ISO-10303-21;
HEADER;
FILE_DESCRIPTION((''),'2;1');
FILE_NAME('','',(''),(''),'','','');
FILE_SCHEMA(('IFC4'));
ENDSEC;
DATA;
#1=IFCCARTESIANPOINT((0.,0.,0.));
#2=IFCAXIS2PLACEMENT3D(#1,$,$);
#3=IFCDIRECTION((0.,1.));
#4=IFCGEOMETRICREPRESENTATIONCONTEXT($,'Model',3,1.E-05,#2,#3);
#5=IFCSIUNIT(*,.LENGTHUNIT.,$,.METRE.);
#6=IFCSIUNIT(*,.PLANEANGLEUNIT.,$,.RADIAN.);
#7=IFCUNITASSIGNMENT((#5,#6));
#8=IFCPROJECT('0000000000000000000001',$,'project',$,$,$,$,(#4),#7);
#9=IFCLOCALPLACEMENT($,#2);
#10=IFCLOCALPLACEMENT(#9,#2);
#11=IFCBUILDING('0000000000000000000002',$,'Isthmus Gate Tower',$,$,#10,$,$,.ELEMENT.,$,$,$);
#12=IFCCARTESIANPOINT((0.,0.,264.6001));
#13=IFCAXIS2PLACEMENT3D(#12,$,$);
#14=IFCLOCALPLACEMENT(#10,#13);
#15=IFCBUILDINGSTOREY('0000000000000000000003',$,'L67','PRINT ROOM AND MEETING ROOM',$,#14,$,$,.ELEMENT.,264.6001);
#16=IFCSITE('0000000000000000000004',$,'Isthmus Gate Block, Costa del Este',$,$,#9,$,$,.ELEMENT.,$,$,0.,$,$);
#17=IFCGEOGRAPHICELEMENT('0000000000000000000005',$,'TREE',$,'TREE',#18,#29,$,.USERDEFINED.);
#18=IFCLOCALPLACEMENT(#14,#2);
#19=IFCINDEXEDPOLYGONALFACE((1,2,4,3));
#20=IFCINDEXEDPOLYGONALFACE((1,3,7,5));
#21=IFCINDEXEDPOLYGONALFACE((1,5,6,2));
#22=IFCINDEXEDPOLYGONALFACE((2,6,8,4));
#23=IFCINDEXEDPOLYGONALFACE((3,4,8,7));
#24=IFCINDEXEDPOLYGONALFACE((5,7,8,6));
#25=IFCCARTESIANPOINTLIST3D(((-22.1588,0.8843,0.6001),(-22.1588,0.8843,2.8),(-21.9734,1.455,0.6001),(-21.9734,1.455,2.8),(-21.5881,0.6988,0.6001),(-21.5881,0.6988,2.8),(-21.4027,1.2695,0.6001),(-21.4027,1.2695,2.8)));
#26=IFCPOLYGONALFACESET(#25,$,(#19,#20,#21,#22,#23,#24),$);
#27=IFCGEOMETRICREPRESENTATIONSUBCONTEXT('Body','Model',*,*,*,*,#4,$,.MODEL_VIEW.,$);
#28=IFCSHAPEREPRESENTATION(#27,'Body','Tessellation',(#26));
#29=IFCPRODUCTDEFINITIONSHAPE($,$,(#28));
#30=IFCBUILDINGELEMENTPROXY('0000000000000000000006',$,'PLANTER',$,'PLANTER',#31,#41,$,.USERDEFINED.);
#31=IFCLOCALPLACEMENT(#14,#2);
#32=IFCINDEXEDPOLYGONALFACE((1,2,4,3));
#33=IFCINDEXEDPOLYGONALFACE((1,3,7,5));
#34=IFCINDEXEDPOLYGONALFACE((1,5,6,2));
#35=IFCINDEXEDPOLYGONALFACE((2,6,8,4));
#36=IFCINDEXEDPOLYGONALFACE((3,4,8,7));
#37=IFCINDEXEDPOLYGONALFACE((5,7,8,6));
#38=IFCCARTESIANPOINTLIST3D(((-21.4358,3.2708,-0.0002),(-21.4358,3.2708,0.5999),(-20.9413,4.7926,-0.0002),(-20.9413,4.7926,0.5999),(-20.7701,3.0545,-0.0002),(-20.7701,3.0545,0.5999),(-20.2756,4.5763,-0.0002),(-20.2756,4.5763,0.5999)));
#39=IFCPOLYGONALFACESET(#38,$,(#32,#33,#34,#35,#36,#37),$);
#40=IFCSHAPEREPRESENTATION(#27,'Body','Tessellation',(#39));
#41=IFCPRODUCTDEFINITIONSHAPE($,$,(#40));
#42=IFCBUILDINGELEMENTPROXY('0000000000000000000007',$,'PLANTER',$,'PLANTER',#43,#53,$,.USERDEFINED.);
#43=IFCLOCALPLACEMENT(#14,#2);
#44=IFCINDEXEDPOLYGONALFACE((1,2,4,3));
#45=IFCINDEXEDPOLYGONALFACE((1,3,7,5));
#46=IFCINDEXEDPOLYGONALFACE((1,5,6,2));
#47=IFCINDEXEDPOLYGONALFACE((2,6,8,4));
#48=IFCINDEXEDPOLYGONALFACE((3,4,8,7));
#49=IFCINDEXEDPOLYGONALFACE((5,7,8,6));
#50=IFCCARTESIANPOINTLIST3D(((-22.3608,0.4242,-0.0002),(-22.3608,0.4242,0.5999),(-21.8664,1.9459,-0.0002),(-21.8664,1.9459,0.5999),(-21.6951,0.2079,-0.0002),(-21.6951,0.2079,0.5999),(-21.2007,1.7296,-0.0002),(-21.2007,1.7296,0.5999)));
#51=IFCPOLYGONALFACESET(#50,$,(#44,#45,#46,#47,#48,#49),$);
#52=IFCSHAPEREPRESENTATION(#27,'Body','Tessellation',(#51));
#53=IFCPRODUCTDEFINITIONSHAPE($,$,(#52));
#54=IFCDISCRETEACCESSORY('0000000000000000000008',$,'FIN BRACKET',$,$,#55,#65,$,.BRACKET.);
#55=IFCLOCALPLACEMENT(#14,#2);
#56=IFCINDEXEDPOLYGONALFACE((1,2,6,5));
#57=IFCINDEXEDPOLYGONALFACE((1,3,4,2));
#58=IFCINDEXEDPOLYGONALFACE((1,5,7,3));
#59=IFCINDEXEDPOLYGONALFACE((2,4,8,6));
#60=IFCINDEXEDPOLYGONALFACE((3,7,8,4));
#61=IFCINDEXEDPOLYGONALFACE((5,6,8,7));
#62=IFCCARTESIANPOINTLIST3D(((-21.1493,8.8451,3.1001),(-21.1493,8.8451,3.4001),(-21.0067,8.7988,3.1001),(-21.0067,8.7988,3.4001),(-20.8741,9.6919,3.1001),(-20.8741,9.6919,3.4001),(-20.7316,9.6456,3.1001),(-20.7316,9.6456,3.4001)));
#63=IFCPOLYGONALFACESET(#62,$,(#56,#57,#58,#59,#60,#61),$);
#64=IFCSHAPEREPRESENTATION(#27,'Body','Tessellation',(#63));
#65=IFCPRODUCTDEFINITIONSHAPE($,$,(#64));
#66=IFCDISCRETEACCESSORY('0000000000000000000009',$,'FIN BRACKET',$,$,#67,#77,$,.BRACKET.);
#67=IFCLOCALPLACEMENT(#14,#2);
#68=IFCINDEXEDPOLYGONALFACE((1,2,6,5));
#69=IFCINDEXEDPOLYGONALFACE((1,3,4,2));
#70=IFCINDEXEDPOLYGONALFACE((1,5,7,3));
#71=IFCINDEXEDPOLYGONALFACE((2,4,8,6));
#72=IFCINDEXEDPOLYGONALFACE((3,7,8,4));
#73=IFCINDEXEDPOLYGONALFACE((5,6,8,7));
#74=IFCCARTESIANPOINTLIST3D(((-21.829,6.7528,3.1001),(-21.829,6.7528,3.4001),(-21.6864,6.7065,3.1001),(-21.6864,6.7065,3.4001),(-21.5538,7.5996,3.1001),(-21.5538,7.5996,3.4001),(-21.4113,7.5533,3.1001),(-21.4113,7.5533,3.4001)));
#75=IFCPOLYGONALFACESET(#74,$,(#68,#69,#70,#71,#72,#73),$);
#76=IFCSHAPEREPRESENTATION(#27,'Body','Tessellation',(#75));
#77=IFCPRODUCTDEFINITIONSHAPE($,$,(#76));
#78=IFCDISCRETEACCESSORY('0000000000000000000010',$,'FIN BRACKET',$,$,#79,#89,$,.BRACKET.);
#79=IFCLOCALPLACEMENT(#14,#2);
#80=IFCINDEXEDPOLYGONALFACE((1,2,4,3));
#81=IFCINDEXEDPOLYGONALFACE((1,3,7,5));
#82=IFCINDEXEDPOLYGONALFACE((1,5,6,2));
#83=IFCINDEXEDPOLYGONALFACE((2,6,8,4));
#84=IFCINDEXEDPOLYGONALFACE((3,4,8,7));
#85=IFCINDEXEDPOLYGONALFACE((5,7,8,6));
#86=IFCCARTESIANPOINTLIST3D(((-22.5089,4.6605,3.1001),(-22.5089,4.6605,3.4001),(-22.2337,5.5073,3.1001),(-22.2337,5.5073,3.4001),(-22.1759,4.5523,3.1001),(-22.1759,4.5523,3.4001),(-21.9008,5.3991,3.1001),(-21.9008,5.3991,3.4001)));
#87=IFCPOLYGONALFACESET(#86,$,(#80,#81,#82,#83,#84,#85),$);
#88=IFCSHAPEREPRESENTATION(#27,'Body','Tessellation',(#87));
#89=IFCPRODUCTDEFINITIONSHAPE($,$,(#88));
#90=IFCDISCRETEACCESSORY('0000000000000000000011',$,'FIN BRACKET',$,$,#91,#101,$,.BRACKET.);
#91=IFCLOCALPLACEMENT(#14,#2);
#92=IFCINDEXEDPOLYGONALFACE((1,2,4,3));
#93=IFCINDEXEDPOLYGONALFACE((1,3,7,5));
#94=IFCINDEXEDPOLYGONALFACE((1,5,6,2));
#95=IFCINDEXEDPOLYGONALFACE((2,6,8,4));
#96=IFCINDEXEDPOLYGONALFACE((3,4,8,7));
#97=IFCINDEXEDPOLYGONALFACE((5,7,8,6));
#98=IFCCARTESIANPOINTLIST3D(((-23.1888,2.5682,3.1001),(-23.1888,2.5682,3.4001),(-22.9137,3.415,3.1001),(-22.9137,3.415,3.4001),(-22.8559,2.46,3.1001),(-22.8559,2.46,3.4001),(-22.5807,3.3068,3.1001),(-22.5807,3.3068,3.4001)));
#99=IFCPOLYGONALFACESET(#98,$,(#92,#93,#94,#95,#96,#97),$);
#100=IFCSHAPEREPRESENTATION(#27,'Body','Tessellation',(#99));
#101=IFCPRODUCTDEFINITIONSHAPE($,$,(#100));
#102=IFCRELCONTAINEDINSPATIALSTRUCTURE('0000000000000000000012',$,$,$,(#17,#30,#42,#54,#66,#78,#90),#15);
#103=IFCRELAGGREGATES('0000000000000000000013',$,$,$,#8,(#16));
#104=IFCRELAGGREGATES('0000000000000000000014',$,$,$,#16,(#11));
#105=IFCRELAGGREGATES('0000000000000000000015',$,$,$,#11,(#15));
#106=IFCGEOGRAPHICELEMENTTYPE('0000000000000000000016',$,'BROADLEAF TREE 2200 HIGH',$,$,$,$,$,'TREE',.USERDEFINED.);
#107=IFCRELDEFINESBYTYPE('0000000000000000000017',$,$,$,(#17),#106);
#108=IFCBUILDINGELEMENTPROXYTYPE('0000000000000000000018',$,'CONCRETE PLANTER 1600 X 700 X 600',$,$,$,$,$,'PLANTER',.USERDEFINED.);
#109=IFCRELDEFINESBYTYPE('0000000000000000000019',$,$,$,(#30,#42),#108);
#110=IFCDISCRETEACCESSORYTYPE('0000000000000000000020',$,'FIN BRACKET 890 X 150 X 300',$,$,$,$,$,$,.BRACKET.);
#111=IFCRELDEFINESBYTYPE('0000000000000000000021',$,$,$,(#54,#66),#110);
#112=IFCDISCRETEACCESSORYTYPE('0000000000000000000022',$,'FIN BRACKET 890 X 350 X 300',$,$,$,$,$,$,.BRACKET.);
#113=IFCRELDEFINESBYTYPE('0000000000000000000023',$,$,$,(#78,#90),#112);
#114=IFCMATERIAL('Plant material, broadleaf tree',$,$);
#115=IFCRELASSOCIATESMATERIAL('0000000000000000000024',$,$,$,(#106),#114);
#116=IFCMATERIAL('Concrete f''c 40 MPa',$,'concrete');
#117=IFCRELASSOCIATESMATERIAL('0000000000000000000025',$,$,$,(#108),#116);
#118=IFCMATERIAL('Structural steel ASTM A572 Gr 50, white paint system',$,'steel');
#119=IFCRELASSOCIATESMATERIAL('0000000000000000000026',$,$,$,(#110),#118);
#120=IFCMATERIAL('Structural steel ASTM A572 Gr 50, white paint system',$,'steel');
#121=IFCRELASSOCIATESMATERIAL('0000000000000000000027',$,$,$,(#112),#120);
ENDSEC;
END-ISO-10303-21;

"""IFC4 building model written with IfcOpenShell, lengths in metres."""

from ifc_helpers import new_model, si_unit, direction, frame, origin, origin_2d, place, context, subcontext, project, spatial, rectangle, extrude, material, type_object, element, save


model = new_model("IFC4")

# Units and contexts
model_context = context("Model", 3, precision=1e-05, world=origin(), true_north=direction((0.0, 1.0)))
body_context = subcontext(model_context, "Body", "Model", "MODEL_VIEW")
ifc_project = project(units=[si_unit("LENGTHUNIT", "METRE"), si_unit("PLANEANGLEUNIT", "RADIAN")], contexts=[model_context])

# Site, building, storey
site_placement = place(None, origin())
site = spatial("IfcSite", under=ifc_project, at=site_placement, Name="Isthmus Gate Block, Costa del Este", CompositionType="ELEMENT", RefElevation=0.0)
building_placement = place(site_placement, origin())
building = spatial("IfcBuilding", under=site, at=building_placement, Name="Isthmus Gate Tower", CompositionType="ELEMENT")
storey_placement = place(building_placement, frame((0.0, 0.0, 264.6001)))
storey = spatial("IfcBuildingStorey", under=building, at=storey_placement, Name="L67", Description="PRINT ROOM AND MEETING ROOM", CompositionType="ELEMENT", Elevation=264.6001)

# Geographic element
ifc_material_1 = material(Name="Plant material, broadleaf tree")
geographic_element_type = type_object("IfcGeographicElementType", Name="BROADLEAF TREE 2200 HIGH", ElementType="TREE", PredefinedType="USERDEFINED", material=ifc_material_1)
for number, where, z_axis, x_axis, name in (
    (1, (-21.7808, 1.0769, 0.6001), (0.0, 0.0, 1.0), (-0.309017, -0.951057, 0.0), "TREE"),
):
    element("IfcGeographicElement", number, at=place(storey_placement, frame(where, z_axis=z_axis, x_axis=x_axis)), inside=storey, type_object=geographic_element_type, Name=name, ObjectType="TREE", PredefinedType="USERDEFINED", context=body_context, shape_type="SweptSolid", body=[
        extrude(rectangle(XDim=0.6001, YDim=0.6001, at=origin_2d()), origin(), (0.0, 0.0, 1.0), 2.2),
    ])

# Building element proxies
ifc_material_2 = material(Name="Concrete f'c 40 MPa", Category="concrete")
building_element_proxy_type = type_object("IfcBuildingElementProxyType", Name="CONCRETE PLANTER 1600 X 700 X 600", ElementType="PLANTER", PredefinedType="USERDEFINED", material=ifc_material_2)
for number, where, z_axis, x_axis, name in (
    (2, (-20.8557, 3.9236, -0.0002), (0.0, 0.0, 1.0), (-0.309017, -0.951057, 0.0), "PLANTER"),
    (3, (-21.7808, 1.0769, -0.0002), (0.0, 0.0, 1.0), (-0.309017, -0.951057, 0.0), "PLANTER"),
):
    element("IfcBuildingElementProxy", number, at=place(storey_placement, frame(where, z_axis=z_axis, x_axis=x_axis)), inside=storey, type_object=building_element_proxy_type, Name=name, ObjectType="PLANTER", PredefinedType="USERDEFINED", context=body_context, shape_type="SweptSolid", body=[
        extrude(rectangle(XDim=1.6001, YDim=0.7, at=origin_2d()), origin(), (0.0, 0.0, 1.0), 0.6001),
    ])

# Discrete accessories
ifc_material_3 = material(Name="Structural steel ASTM A572 Gr 50, white paint system", Category="steel")
discrete_accessory_type_1 = type_object("IfcDiscreteAccessoryType", Name="FIN BRACKET 890 X 150 X 300", PredefinedType="BRACKET", material=ifc_material_3)
for number, where, z_axis, x_axis, name in (
    (4, (-20.9404, 9.2454, 3.1001), (0.0, 0.0, 1.0), (-0.951057, 0.309017, 0.0), "FIN BRACKET"),
    (5, (-21.6201, 7.1531, 3.1001), (0.0, 0.0, 1.0), (-0.951057, 0.309017, 0.0), "FIN BRACKET"),
):
    element("IfcDiscreteAccessory", number, at=place(storey_placement, frame(where, z_axis=z_axis, x_axis=x_axis)), inside=storey, type_object=discrete_accessory_type_1, Name=name, PredefinedType="BRACKET", context=body_context, shape_type="SweptSolid", body=[
        extrude(rectangle(XDim=0.1499, YDim=0.8904, at=origin_2d()), origin(), (0.0, 0.0, 1.0), 0.3),
    ])
ifc_material_4 = material(Name="Structural steel ASTM A572 Gr 50, white paint system", Category="steel")
discrete_accessory_type_2 = type_object("IfcDiscreteAccessoryType", Name="FIN BRACKET 890 X 350 X 300", PredefinedType="BRACKET", material=ifc_material_4)
for number, where, z_axis, x_axis, name in (
    (6, (-22.2048, 5.0298, 3.1001), (0.0, 0.0, 1.0), (-0.951057, 0.309017, 0.0), "FIN BRACKET"),
    (7, (-22.8848, 2.9375, 3.1001), (0.0, 0.0, 1.0), (-0.951057, 0.309017, 0.0), "FIN BRACKET"),
):
    element("IfcDiscreteAccessory", number, at=place(storey_placement, frame(where, z_axis=z_axis, x_axis=x_axis)), inside=storey, type_object=discrete_accessory_type_2, Name=name, PredefinedType="BRACKET", context=body_context, shape_type="SweptSolid", body=[
        extrude(rectangle(XDim=0.3501, YDim=0.8904, at=origin_2d()), origin(), (0.0, 0.0, 1.0), 0.3),
    ])

save(model, "model.ifc")
